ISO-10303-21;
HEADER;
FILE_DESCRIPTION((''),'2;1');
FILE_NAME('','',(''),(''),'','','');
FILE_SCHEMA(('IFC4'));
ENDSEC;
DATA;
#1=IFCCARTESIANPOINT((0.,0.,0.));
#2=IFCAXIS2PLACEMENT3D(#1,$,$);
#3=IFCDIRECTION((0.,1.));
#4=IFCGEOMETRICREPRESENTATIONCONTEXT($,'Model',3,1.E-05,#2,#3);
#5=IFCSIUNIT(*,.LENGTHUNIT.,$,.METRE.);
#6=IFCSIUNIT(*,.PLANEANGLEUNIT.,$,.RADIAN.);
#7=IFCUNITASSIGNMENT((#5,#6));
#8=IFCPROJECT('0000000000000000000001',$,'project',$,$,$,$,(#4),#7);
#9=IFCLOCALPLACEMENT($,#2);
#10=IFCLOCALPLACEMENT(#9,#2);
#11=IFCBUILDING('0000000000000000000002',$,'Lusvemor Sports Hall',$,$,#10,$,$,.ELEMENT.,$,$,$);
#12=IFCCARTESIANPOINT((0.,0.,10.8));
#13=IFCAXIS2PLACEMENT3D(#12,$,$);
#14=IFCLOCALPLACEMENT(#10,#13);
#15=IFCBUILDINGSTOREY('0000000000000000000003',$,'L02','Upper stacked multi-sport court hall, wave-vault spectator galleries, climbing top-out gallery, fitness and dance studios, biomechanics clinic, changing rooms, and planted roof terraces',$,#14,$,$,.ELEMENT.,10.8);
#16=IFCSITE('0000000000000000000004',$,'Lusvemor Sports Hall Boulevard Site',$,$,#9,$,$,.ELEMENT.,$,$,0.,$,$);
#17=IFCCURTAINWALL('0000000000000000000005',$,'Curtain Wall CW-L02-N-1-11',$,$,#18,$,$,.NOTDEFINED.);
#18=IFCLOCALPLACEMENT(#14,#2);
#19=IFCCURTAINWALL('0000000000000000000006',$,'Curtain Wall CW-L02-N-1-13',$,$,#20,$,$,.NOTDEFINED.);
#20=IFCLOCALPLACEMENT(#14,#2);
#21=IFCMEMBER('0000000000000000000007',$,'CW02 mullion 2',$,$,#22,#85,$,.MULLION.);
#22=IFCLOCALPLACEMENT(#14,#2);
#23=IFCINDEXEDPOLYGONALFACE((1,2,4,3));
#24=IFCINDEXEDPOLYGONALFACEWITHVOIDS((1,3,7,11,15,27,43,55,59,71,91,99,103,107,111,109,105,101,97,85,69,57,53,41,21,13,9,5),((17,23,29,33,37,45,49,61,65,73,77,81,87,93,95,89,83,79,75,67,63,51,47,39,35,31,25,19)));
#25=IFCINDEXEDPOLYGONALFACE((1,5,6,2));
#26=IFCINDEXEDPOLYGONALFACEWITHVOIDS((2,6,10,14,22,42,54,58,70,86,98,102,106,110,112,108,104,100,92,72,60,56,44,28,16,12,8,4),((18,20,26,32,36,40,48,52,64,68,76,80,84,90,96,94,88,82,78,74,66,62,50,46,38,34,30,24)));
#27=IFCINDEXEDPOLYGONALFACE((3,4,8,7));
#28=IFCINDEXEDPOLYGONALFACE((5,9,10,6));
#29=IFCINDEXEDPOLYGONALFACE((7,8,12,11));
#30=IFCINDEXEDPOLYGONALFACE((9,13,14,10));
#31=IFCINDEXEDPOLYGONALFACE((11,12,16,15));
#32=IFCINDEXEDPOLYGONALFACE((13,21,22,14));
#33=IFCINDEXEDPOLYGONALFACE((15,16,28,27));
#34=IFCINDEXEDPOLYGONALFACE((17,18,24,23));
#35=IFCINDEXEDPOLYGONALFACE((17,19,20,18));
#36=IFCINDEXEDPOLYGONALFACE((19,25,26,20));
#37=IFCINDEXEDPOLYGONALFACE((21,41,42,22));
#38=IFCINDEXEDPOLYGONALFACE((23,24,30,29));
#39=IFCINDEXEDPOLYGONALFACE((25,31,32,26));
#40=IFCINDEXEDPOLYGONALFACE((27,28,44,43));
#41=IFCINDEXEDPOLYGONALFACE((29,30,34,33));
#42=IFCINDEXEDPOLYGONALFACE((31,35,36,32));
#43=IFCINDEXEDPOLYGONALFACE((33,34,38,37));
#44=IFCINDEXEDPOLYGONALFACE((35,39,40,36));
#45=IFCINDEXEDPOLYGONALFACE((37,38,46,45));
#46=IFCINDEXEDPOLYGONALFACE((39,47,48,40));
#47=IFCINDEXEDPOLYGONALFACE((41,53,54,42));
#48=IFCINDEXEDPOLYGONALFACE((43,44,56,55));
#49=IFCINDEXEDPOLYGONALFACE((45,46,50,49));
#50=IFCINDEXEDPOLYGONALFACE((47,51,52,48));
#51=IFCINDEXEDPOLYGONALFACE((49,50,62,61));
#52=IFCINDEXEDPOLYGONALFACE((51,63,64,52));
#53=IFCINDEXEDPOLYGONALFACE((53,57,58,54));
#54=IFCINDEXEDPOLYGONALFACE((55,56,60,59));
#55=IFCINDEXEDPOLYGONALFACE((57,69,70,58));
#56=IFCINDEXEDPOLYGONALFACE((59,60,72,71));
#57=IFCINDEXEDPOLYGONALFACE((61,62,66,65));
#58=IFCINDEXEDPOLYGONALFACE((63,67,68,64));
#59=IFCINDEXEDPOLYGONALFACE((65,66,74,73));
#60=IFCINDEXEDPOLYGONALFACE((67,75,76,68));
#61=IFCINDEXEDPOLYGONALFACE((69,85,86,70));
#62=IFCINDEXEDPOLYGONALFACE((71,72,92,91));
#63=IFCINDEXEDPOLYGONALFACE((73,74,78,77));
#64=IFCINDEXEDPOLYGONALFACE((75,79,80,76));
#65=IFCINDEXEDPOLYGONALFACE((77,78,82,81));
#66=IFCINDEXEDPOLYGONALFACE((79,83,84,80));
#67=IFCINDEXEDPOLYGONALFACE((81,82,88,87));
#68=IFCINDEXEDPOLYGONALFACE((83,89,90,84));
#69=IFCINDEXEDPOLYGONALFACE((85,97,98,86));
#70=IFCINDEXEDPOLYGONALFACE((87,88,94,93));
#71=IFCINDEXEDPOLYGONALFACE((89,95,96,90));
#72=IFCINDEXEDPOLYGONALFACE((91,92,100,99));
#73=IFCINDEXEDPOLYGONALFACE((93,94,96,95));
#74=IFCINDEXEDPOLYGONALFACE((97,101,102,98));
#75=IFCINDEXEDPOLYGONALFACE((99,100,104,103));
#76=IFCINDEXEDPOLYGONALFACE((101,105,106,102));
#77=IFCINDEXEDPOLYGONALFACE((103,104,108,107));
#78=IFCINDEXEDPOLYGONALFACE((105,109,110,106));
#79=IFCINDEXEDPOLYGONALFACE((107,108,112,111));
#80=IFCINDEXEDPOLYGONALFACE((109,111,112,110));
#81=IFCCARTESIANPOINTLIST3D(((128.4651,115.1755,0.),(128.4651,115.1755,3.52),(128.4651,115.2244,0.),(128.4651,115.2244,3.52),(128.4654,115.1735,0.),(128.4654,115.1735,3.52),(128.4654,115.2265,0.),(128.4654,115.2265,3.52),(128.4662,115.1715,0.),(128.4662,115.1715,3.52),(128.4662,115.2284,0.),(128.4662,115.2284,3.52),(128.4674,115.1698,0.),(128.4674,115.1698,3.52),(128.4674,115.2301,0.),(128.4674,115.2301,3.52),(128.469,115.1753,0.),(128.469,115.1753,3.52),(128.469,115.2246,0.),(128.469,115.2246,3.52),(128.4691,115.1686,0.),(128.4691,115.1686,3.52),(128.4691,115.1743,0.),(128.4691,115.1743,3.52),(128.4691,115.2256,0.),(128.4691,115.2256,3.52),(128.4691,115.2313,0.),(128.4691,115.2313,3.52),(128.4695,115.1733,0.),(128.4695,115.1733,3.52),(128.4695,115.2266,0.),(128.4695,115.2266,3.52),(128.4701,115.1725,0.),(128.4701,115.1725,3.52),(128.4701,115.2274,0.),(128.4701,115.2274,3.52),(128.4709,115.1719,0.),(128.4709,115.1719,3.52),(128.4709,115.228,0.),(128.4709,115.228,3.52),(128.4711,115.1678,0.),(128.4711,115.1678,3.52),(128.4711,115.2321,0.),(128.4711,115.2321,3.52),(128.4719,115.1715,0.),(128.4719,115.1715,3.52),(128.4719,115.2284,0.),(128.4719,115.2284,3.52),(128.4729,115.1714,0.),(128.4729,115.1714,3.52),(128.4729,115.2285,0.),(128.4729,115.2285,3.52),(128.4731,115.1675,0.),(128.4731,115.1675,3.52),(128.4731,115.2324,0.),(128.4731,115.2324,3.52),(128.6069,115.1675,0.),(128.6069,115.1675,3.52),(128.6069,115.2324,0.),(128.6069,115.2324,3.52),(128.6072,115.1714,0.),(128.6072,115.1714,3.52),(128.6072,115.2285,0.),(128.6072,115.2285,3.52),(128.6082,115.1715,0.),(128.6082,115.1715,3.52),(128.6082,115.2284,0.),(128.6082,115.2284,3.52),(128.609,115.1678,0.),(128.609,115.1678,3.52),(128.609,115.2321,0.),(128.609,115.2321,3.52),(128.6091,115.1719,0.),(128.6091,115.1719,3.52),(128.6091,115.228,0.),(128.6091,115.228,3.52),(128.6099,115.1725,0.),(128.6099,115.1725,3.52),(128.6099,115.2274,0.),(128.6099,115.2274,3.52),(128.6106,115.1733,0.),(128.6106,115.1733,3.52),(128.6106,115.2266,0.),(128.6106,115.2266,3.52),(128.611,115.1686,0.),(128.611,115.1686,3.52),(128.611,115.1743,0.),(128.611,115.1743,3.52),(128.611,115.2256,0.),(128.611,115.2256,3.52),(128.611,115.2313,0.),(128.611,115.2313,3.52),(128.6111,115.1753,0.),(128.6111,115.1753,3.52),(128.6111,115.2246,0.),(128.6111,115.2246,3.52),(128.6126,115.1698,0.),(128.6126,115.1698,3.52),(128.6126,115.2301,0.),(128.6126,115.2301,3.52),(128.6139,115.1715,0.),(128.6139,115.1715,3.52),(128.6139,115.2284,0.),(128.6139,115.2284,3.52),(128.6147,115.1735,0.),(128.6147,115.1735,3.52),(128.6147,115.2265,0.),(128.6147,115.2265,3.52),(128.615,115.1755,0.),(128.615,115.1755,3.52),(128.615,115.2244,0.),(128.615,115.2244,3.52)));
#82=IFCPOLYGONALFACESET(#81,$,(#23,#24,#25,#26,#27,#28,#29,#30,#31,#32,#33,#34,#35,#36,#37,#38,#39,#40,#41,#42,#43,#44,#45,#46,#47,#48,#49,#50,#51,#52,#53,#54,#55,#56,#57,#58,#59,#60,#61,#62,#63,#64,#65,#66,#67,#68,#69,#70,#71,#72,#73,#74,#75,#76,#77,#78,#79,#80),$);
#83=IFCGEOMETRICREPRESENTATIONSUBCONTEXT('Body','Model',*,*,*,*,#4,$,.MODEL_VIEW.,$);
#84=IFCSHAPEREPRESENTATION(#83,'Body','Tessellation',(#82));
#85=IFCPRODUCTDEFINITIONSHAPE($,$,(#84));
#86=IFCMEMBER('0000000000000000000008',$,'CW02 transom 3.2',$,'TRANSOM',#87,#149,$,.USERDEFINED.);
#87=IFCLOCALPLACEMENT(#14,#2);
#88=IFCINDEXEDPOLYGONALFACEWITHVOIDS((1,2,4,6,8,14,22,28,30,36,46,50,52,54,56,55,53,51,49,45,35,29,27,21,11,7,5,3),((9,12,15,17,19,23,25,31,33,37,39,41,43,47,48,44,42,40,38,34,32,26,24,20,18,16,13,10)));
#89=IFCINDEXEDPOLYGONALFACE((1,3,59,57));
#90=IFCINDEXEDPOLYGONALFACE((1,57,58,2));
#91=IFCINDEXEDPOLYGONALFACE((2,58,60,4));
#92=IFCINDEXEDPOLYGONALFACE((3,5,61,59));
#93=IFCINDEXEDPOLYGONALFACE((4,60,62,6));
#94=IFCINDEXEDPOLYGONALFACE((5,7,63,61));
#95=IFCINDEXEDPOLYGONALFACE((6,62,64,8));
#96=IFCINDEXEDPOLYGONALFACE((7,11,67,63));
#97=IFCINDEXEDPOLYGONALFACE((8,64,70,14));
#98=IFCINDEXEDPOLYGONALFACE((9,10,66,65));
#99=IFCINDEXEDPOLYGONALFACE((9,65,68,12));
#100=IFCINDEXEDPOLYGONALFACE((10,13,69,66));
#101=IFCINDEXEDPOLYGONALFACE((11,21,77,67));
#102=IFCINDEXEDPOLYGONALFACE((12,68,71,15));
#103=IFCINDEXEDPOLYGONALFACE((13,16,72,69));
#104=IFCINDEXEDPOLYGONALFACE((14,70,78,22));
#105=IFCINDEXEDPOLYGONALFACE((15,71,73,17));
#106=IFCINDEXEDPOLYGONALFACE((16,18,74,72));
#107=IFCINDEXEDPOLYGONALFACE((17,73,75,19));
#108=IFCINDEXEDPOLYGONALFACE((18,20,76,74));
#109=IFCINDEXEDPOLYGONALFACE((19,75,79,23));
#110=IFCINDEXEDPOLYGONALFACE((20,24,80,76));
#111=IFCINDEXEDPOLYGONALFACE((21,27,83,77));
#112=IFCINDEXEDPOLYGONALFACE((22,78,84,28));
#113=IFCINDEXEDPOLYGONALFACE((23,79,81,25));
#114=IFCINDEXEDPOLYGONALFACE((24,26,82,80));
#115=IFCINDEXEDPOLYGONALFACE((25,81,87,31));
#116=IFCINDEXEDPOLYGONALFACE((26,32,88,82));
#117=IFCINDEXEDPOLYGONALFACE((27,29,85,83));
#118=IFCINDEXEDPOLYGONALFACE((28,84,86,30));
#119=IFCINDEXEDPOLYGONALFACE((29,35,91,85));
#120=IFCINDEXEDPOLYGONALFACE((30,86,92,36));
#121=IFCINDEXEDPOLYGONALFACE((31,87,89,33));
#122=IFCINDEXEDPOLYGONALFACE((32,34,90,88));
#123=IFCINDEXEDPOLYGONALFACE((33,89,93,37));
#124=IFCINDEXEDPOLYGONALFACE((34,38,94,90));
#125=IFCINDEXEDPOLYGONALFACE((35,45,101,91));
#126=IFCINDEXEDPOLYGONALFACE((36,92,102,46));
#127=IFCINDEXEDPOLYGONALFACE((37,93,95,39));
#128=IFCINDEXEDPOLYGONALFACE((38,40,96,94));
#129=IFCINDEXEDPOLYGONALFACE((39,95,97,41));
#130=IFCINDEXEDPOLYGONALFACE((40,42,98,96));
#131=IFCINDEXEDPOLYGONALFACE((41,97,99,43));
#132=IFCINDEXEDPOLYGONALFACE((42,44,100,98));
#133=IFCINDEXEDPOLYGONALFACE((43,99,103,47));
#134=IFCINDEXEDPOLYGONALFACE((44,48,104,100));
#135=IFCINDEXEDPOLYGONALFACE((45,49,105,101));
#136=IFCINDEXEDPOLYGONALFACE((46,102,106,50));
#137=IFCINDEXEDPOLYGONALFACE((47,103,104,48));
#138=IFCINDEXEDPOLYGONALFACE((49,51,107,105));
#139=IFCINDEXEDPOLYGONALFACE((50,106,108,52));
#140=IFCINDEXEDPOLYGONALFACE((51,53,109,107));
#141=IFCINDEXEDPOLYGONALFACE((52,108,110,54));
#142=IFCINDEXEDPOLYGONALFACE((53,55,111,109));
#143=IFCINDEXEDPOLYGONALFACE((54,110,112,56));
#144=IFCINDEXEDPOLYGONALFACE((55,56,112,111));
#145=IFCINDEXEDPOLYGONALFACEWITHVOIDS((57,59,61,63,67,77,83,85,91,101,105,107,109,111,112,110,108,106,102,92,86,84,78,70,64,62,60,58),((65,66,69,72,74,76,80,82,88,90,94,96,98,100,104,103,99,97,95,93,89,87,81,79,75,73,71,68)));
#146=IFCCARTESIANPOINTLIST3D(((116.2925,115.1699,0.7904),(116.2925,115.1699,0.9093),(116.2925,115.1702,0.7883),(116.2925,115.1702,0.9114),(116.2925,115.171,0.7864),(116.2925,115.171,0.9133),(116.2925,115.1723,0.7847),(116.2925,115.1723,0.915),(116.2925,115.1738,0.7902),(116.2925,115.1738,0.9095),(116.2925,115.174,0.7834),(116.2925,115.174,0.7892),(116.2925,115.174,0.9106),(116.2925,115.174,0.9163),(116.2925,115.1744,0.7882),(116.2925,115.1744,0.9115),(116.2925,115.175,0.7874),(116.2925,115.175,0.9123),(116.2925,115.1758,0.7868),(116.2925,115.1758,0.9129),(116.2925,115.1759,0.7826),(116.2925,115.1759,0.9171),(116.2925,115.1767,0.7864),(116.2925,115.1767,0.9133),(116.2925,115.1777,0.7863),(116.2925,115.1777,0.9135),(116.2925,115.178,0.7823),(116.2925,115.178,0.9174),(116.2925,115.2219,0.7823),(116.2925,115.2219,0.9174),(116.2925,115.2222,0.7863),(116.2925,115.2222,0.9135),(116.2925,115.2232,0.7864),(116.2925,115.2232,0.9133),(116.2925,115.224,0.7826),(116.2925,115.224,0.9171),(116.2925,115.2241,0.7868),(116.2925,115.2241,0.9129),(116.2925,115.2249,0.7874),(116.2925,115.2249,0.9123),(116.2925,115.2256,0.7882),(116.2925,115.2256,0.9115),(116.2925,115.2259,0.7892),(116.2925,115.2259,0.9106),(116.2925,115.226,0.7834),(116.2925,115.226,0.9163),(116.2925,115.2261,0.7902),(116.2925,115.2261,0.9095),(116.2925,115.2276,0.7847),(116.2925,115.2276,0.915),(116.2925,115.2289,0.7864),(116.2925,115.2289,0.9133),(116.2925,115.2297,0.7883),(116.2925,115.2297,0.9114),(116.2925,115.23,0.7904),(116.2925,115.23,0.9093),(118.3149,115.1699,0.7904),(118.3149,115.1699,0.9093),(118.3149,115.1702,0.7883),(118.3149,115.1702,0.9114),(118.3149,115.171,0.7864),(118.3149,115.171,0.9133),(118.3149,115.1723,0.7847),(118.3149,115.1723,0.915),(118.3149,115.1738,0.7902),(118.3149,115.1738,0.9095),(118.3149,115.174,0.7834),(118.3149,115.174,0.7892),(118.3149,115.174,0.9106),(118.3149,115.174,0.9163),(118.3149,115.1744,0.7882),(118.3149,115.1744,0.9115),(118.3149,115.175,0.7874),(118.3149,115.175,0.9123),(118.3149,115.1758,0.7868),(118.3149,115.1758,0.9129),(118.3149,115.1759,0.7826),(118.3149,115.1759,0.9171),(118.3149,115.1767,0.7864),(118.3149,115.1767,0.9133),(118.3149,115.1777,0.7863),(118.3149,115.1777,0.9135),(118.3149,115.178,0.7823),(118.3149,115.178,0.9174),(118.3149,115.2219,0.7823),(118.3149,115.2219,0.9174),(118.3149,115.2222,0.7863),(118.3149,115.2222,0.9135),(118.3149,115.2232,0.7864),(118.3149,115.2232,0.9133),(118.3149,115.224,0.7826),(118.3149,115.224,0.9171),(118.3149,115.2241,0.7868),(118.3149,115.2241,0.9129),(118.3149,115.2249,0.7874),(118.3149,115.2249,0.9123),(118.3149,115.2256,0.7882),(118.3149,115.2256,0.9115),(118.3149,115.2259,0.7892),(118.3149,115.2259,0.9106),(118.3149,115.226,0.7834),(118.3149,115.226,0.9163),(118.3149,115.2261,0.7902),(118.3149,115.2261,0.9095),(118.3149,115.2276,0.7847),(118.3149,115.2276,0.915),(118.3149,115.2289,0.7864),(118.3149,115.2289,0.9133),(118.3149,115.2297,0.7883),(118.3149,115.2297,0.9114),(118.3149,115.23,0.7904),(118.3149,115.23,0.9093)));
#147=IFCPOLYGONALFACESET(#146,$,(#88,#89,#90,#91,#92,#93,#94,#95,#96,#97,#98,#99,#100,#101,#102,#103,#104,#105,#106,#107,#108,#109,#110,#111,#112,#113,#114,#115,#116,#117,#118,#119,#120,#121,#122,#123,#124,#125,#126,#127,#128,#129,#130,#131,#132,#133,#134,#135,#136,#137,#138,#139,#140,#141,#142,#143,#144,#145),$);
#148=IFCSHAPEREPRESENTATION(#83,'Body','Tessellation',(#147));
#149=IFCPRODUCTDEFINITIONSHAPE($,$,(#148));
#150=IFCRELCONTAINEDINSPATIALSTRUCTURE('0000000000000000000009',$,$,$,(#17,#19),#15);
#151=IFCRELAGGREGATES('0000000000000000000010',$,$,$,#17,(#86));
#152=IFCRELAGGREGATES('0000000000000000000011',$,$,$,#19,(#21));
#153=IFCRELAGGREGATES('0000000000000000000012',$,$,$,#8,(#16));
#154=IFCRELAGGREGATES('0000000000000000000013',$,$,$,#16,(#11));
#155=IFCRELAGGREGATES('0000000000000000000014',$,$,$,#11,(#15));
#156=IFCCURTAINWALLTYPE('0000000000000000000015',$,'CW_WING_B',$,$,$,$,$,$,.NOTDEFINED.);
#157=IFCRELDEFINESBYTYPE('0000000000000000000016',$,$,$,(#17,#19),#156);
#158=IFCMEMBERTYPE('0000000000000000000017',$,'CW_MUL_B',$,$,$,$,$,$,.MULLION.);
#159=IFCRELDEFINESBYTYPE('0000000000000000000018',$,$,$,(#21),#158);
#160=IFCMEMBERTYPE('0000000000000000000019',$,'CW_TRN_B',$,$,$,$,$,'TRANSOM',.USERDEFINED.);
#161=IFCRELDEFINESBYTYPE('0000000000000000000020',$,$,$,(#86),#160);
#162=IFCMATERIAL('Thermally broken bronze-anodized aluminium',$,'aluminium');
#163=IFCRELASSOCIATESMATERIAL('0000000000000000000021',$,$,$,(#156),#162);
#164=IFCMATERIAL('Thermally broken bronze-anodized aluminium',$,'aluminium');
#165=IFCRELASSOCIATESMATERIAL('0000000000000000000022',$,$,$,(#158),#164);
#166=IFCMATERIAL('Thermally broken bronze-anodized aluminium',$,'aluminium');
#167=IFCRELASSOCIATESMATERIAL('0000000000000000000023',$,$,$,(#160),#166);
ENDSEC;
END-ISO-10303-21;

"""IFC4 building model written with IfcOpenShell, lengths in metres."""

from ifc_helpers import new_model, si_unit, direction, frame, origin, origin_2d, place, context, subcontext, project, spatial, hollow_rectangle, extrude, material, material_profile, profile_set, type_object, element, aggregate, save


model = new_model("IFC4")

# Units and contexts
model_context = context("Model", 3, precision=1e-05, world=origin(), true_north=direction((0.0, 1.0)))
body_context = subcontext(model_context, "Body", "Model", "MODEL_VIEW")
ifc_project = project(units=[si_unit("LENGTHUNIT", "METRE"), si_unit("PLANEANGLEUNIT", "RADIAN")], contexts=[model_context])

# Site, building, storey
site_placement = place(None, origin())
site = spatial("IfcSite", under=ifc_project, at=site_placement, Name="Lusvemor Sports Hall Boulevard Site", CompositionType="ELEMENT", RefElevation=0.0)
building_placement = place(site_placement, origin())
building = spatial("IfcBuilding", under=site, at=building_placement, Name="Lusvemor Sports Hall", CompositionType="ELEMENT")
storey_placement = place(building_placement, frame((0.0, 0.0, 10.8)))
storey = spatial("IfcBuildingStorey", under=building, at=storey_placement, Name="L02", Description="Upper stacked multi-sport court hall, wave-vault spectator galleries, climbing top-out gallery, fitness and dance studios, biomechanics clinic, changing rooms, and planted roof terraces", CompositionType="ELEMENT", Elevation=10.8)

# Curtain wall
ifc_material_1 = material(Name="Thermally broken bronze-anodized aluminium", Category="aluminium")
curtain_wall_type = type_object("IfcCurtainWallType", Name="CW_WING_B", PredefinedType="NOTDEFINED", material=ifc_material_1)
curtain_wall_1_placement = place(storey_placement, origin())
curtain_wall_1 = element("IfcCurtainWall", 1, at=curtain_wall_1_placement, inside=storey, type_object=curtain_wall_type, Name="Curtain Wall CW-L02-N-1-11", PredefinedType="NOTDEFINED")
ifc_material_2 = material(Name="Thermally broken bronze-anodized aluminium", Category="aluminium")
ifc_material_profile_1 = material_profile(ifc_material_2, hollow_rectangle(XDim=0.0649, YDim=0.1499, WallThickness=0.0039, InnerFilletRadius=0.0039, OuterFilletRadius=0.0081, at=origin_2d()), Name="CWMUL150x65x4")
ifc_profile_set_1 = profile_set([ifc_material_profile_1], Name="Thermally broken bronze-anodized aluminium")
member_type_1 = type_object("IfcMemberType", Name="CW_MUL_B", PredefinedType="MULLION", material=ifc_profile_set_1)

# Curtain wall, member
curtain_wall_2_placement = place(storey_placement, origin())
curtain_wall_2 = element("IfcCurtainWall", 2, at=curtain_wall_2_placement, inside=storey, type_object=curtain_wall_type, Name="Curtain Wall CW-L02-N-1-13", PredefinedType="NOTDEFINED")
member_1_placement = place(storey_placement, frame((128.54, 115.2, 0.0), z_axis=(0.0, 0.0, 1.0), x_axis=(0.0, 1.0, 0.0)))
member_1 = element("IfcMember", 3, at=member_1_placement, type_object=member_type_1, Name="CW02 mullion 2", PredefinedType="MULLION", context=body_context, shape_type="SweptSolid", body=[
    extrude(hollow_rectangle(XDim=0.0649, YDim=0.1499, WallThickness=0.0039, InnerFilletRadius=0.0039, OuterFilletRadius=0.0081, at=origin_2d()), origin(), (0.0, 0.0, 1.0), 3.52),
])

# Member
ifc_material_3 = material(Name="Thermally broken bronze-anodized aluminium", Category="aluminium")
ifc_material_profile_2 = material_profile(ifc_material_3, hollow_rectangle(XDim=0.0601, YDim=0.135, WallThickness=0.0039, InnerFilletRadius=0.0039, OuterFilletRadius=0.0081, at=origin_2d()), Name="CWTRN135x60x4")
ifc_profile_set_2 = profile_set([ifc_material_profile_2], Name="Thermally broken bronze-anodized aluminium")
member_type_2 = type_object("IfcMemberType", Name="CW_TRN_B", ElementType="TRANSOM", PredefinedType="USERDEFINED", material=ifc_profile_set_2)
member_2_placement = place(storey_placement, frame((116.2925, 115.2, 0.8499), z_axis=(1.0, 0.0, 0.0), x_axis=(0.0, 1.0, 0.0)))
member_2 = element("IfcMember", 4, at=member_2_placement, type_object=member_type_2, Name="CW02 transom 3.2", ObjectType="TRANSOM", PredefinedType="USERDEFINED", context=body_context, shape_type="SweptSolid", body=[
    extrude(hollow_rectangle(XDim=0.0601, YDim=0.135, WallThickness=0.0039, InnerFilletRadius=0.0039, OuterFilletRadius=0.0081, at=origin_2d()), origin(), (0.0, 0.0, 1.0), 2.0225),
])

aggregate(curtain_wall_1, [member_2])
aggregate(curtain_wall_2, [member_1])

save(model, "model.ifc")
